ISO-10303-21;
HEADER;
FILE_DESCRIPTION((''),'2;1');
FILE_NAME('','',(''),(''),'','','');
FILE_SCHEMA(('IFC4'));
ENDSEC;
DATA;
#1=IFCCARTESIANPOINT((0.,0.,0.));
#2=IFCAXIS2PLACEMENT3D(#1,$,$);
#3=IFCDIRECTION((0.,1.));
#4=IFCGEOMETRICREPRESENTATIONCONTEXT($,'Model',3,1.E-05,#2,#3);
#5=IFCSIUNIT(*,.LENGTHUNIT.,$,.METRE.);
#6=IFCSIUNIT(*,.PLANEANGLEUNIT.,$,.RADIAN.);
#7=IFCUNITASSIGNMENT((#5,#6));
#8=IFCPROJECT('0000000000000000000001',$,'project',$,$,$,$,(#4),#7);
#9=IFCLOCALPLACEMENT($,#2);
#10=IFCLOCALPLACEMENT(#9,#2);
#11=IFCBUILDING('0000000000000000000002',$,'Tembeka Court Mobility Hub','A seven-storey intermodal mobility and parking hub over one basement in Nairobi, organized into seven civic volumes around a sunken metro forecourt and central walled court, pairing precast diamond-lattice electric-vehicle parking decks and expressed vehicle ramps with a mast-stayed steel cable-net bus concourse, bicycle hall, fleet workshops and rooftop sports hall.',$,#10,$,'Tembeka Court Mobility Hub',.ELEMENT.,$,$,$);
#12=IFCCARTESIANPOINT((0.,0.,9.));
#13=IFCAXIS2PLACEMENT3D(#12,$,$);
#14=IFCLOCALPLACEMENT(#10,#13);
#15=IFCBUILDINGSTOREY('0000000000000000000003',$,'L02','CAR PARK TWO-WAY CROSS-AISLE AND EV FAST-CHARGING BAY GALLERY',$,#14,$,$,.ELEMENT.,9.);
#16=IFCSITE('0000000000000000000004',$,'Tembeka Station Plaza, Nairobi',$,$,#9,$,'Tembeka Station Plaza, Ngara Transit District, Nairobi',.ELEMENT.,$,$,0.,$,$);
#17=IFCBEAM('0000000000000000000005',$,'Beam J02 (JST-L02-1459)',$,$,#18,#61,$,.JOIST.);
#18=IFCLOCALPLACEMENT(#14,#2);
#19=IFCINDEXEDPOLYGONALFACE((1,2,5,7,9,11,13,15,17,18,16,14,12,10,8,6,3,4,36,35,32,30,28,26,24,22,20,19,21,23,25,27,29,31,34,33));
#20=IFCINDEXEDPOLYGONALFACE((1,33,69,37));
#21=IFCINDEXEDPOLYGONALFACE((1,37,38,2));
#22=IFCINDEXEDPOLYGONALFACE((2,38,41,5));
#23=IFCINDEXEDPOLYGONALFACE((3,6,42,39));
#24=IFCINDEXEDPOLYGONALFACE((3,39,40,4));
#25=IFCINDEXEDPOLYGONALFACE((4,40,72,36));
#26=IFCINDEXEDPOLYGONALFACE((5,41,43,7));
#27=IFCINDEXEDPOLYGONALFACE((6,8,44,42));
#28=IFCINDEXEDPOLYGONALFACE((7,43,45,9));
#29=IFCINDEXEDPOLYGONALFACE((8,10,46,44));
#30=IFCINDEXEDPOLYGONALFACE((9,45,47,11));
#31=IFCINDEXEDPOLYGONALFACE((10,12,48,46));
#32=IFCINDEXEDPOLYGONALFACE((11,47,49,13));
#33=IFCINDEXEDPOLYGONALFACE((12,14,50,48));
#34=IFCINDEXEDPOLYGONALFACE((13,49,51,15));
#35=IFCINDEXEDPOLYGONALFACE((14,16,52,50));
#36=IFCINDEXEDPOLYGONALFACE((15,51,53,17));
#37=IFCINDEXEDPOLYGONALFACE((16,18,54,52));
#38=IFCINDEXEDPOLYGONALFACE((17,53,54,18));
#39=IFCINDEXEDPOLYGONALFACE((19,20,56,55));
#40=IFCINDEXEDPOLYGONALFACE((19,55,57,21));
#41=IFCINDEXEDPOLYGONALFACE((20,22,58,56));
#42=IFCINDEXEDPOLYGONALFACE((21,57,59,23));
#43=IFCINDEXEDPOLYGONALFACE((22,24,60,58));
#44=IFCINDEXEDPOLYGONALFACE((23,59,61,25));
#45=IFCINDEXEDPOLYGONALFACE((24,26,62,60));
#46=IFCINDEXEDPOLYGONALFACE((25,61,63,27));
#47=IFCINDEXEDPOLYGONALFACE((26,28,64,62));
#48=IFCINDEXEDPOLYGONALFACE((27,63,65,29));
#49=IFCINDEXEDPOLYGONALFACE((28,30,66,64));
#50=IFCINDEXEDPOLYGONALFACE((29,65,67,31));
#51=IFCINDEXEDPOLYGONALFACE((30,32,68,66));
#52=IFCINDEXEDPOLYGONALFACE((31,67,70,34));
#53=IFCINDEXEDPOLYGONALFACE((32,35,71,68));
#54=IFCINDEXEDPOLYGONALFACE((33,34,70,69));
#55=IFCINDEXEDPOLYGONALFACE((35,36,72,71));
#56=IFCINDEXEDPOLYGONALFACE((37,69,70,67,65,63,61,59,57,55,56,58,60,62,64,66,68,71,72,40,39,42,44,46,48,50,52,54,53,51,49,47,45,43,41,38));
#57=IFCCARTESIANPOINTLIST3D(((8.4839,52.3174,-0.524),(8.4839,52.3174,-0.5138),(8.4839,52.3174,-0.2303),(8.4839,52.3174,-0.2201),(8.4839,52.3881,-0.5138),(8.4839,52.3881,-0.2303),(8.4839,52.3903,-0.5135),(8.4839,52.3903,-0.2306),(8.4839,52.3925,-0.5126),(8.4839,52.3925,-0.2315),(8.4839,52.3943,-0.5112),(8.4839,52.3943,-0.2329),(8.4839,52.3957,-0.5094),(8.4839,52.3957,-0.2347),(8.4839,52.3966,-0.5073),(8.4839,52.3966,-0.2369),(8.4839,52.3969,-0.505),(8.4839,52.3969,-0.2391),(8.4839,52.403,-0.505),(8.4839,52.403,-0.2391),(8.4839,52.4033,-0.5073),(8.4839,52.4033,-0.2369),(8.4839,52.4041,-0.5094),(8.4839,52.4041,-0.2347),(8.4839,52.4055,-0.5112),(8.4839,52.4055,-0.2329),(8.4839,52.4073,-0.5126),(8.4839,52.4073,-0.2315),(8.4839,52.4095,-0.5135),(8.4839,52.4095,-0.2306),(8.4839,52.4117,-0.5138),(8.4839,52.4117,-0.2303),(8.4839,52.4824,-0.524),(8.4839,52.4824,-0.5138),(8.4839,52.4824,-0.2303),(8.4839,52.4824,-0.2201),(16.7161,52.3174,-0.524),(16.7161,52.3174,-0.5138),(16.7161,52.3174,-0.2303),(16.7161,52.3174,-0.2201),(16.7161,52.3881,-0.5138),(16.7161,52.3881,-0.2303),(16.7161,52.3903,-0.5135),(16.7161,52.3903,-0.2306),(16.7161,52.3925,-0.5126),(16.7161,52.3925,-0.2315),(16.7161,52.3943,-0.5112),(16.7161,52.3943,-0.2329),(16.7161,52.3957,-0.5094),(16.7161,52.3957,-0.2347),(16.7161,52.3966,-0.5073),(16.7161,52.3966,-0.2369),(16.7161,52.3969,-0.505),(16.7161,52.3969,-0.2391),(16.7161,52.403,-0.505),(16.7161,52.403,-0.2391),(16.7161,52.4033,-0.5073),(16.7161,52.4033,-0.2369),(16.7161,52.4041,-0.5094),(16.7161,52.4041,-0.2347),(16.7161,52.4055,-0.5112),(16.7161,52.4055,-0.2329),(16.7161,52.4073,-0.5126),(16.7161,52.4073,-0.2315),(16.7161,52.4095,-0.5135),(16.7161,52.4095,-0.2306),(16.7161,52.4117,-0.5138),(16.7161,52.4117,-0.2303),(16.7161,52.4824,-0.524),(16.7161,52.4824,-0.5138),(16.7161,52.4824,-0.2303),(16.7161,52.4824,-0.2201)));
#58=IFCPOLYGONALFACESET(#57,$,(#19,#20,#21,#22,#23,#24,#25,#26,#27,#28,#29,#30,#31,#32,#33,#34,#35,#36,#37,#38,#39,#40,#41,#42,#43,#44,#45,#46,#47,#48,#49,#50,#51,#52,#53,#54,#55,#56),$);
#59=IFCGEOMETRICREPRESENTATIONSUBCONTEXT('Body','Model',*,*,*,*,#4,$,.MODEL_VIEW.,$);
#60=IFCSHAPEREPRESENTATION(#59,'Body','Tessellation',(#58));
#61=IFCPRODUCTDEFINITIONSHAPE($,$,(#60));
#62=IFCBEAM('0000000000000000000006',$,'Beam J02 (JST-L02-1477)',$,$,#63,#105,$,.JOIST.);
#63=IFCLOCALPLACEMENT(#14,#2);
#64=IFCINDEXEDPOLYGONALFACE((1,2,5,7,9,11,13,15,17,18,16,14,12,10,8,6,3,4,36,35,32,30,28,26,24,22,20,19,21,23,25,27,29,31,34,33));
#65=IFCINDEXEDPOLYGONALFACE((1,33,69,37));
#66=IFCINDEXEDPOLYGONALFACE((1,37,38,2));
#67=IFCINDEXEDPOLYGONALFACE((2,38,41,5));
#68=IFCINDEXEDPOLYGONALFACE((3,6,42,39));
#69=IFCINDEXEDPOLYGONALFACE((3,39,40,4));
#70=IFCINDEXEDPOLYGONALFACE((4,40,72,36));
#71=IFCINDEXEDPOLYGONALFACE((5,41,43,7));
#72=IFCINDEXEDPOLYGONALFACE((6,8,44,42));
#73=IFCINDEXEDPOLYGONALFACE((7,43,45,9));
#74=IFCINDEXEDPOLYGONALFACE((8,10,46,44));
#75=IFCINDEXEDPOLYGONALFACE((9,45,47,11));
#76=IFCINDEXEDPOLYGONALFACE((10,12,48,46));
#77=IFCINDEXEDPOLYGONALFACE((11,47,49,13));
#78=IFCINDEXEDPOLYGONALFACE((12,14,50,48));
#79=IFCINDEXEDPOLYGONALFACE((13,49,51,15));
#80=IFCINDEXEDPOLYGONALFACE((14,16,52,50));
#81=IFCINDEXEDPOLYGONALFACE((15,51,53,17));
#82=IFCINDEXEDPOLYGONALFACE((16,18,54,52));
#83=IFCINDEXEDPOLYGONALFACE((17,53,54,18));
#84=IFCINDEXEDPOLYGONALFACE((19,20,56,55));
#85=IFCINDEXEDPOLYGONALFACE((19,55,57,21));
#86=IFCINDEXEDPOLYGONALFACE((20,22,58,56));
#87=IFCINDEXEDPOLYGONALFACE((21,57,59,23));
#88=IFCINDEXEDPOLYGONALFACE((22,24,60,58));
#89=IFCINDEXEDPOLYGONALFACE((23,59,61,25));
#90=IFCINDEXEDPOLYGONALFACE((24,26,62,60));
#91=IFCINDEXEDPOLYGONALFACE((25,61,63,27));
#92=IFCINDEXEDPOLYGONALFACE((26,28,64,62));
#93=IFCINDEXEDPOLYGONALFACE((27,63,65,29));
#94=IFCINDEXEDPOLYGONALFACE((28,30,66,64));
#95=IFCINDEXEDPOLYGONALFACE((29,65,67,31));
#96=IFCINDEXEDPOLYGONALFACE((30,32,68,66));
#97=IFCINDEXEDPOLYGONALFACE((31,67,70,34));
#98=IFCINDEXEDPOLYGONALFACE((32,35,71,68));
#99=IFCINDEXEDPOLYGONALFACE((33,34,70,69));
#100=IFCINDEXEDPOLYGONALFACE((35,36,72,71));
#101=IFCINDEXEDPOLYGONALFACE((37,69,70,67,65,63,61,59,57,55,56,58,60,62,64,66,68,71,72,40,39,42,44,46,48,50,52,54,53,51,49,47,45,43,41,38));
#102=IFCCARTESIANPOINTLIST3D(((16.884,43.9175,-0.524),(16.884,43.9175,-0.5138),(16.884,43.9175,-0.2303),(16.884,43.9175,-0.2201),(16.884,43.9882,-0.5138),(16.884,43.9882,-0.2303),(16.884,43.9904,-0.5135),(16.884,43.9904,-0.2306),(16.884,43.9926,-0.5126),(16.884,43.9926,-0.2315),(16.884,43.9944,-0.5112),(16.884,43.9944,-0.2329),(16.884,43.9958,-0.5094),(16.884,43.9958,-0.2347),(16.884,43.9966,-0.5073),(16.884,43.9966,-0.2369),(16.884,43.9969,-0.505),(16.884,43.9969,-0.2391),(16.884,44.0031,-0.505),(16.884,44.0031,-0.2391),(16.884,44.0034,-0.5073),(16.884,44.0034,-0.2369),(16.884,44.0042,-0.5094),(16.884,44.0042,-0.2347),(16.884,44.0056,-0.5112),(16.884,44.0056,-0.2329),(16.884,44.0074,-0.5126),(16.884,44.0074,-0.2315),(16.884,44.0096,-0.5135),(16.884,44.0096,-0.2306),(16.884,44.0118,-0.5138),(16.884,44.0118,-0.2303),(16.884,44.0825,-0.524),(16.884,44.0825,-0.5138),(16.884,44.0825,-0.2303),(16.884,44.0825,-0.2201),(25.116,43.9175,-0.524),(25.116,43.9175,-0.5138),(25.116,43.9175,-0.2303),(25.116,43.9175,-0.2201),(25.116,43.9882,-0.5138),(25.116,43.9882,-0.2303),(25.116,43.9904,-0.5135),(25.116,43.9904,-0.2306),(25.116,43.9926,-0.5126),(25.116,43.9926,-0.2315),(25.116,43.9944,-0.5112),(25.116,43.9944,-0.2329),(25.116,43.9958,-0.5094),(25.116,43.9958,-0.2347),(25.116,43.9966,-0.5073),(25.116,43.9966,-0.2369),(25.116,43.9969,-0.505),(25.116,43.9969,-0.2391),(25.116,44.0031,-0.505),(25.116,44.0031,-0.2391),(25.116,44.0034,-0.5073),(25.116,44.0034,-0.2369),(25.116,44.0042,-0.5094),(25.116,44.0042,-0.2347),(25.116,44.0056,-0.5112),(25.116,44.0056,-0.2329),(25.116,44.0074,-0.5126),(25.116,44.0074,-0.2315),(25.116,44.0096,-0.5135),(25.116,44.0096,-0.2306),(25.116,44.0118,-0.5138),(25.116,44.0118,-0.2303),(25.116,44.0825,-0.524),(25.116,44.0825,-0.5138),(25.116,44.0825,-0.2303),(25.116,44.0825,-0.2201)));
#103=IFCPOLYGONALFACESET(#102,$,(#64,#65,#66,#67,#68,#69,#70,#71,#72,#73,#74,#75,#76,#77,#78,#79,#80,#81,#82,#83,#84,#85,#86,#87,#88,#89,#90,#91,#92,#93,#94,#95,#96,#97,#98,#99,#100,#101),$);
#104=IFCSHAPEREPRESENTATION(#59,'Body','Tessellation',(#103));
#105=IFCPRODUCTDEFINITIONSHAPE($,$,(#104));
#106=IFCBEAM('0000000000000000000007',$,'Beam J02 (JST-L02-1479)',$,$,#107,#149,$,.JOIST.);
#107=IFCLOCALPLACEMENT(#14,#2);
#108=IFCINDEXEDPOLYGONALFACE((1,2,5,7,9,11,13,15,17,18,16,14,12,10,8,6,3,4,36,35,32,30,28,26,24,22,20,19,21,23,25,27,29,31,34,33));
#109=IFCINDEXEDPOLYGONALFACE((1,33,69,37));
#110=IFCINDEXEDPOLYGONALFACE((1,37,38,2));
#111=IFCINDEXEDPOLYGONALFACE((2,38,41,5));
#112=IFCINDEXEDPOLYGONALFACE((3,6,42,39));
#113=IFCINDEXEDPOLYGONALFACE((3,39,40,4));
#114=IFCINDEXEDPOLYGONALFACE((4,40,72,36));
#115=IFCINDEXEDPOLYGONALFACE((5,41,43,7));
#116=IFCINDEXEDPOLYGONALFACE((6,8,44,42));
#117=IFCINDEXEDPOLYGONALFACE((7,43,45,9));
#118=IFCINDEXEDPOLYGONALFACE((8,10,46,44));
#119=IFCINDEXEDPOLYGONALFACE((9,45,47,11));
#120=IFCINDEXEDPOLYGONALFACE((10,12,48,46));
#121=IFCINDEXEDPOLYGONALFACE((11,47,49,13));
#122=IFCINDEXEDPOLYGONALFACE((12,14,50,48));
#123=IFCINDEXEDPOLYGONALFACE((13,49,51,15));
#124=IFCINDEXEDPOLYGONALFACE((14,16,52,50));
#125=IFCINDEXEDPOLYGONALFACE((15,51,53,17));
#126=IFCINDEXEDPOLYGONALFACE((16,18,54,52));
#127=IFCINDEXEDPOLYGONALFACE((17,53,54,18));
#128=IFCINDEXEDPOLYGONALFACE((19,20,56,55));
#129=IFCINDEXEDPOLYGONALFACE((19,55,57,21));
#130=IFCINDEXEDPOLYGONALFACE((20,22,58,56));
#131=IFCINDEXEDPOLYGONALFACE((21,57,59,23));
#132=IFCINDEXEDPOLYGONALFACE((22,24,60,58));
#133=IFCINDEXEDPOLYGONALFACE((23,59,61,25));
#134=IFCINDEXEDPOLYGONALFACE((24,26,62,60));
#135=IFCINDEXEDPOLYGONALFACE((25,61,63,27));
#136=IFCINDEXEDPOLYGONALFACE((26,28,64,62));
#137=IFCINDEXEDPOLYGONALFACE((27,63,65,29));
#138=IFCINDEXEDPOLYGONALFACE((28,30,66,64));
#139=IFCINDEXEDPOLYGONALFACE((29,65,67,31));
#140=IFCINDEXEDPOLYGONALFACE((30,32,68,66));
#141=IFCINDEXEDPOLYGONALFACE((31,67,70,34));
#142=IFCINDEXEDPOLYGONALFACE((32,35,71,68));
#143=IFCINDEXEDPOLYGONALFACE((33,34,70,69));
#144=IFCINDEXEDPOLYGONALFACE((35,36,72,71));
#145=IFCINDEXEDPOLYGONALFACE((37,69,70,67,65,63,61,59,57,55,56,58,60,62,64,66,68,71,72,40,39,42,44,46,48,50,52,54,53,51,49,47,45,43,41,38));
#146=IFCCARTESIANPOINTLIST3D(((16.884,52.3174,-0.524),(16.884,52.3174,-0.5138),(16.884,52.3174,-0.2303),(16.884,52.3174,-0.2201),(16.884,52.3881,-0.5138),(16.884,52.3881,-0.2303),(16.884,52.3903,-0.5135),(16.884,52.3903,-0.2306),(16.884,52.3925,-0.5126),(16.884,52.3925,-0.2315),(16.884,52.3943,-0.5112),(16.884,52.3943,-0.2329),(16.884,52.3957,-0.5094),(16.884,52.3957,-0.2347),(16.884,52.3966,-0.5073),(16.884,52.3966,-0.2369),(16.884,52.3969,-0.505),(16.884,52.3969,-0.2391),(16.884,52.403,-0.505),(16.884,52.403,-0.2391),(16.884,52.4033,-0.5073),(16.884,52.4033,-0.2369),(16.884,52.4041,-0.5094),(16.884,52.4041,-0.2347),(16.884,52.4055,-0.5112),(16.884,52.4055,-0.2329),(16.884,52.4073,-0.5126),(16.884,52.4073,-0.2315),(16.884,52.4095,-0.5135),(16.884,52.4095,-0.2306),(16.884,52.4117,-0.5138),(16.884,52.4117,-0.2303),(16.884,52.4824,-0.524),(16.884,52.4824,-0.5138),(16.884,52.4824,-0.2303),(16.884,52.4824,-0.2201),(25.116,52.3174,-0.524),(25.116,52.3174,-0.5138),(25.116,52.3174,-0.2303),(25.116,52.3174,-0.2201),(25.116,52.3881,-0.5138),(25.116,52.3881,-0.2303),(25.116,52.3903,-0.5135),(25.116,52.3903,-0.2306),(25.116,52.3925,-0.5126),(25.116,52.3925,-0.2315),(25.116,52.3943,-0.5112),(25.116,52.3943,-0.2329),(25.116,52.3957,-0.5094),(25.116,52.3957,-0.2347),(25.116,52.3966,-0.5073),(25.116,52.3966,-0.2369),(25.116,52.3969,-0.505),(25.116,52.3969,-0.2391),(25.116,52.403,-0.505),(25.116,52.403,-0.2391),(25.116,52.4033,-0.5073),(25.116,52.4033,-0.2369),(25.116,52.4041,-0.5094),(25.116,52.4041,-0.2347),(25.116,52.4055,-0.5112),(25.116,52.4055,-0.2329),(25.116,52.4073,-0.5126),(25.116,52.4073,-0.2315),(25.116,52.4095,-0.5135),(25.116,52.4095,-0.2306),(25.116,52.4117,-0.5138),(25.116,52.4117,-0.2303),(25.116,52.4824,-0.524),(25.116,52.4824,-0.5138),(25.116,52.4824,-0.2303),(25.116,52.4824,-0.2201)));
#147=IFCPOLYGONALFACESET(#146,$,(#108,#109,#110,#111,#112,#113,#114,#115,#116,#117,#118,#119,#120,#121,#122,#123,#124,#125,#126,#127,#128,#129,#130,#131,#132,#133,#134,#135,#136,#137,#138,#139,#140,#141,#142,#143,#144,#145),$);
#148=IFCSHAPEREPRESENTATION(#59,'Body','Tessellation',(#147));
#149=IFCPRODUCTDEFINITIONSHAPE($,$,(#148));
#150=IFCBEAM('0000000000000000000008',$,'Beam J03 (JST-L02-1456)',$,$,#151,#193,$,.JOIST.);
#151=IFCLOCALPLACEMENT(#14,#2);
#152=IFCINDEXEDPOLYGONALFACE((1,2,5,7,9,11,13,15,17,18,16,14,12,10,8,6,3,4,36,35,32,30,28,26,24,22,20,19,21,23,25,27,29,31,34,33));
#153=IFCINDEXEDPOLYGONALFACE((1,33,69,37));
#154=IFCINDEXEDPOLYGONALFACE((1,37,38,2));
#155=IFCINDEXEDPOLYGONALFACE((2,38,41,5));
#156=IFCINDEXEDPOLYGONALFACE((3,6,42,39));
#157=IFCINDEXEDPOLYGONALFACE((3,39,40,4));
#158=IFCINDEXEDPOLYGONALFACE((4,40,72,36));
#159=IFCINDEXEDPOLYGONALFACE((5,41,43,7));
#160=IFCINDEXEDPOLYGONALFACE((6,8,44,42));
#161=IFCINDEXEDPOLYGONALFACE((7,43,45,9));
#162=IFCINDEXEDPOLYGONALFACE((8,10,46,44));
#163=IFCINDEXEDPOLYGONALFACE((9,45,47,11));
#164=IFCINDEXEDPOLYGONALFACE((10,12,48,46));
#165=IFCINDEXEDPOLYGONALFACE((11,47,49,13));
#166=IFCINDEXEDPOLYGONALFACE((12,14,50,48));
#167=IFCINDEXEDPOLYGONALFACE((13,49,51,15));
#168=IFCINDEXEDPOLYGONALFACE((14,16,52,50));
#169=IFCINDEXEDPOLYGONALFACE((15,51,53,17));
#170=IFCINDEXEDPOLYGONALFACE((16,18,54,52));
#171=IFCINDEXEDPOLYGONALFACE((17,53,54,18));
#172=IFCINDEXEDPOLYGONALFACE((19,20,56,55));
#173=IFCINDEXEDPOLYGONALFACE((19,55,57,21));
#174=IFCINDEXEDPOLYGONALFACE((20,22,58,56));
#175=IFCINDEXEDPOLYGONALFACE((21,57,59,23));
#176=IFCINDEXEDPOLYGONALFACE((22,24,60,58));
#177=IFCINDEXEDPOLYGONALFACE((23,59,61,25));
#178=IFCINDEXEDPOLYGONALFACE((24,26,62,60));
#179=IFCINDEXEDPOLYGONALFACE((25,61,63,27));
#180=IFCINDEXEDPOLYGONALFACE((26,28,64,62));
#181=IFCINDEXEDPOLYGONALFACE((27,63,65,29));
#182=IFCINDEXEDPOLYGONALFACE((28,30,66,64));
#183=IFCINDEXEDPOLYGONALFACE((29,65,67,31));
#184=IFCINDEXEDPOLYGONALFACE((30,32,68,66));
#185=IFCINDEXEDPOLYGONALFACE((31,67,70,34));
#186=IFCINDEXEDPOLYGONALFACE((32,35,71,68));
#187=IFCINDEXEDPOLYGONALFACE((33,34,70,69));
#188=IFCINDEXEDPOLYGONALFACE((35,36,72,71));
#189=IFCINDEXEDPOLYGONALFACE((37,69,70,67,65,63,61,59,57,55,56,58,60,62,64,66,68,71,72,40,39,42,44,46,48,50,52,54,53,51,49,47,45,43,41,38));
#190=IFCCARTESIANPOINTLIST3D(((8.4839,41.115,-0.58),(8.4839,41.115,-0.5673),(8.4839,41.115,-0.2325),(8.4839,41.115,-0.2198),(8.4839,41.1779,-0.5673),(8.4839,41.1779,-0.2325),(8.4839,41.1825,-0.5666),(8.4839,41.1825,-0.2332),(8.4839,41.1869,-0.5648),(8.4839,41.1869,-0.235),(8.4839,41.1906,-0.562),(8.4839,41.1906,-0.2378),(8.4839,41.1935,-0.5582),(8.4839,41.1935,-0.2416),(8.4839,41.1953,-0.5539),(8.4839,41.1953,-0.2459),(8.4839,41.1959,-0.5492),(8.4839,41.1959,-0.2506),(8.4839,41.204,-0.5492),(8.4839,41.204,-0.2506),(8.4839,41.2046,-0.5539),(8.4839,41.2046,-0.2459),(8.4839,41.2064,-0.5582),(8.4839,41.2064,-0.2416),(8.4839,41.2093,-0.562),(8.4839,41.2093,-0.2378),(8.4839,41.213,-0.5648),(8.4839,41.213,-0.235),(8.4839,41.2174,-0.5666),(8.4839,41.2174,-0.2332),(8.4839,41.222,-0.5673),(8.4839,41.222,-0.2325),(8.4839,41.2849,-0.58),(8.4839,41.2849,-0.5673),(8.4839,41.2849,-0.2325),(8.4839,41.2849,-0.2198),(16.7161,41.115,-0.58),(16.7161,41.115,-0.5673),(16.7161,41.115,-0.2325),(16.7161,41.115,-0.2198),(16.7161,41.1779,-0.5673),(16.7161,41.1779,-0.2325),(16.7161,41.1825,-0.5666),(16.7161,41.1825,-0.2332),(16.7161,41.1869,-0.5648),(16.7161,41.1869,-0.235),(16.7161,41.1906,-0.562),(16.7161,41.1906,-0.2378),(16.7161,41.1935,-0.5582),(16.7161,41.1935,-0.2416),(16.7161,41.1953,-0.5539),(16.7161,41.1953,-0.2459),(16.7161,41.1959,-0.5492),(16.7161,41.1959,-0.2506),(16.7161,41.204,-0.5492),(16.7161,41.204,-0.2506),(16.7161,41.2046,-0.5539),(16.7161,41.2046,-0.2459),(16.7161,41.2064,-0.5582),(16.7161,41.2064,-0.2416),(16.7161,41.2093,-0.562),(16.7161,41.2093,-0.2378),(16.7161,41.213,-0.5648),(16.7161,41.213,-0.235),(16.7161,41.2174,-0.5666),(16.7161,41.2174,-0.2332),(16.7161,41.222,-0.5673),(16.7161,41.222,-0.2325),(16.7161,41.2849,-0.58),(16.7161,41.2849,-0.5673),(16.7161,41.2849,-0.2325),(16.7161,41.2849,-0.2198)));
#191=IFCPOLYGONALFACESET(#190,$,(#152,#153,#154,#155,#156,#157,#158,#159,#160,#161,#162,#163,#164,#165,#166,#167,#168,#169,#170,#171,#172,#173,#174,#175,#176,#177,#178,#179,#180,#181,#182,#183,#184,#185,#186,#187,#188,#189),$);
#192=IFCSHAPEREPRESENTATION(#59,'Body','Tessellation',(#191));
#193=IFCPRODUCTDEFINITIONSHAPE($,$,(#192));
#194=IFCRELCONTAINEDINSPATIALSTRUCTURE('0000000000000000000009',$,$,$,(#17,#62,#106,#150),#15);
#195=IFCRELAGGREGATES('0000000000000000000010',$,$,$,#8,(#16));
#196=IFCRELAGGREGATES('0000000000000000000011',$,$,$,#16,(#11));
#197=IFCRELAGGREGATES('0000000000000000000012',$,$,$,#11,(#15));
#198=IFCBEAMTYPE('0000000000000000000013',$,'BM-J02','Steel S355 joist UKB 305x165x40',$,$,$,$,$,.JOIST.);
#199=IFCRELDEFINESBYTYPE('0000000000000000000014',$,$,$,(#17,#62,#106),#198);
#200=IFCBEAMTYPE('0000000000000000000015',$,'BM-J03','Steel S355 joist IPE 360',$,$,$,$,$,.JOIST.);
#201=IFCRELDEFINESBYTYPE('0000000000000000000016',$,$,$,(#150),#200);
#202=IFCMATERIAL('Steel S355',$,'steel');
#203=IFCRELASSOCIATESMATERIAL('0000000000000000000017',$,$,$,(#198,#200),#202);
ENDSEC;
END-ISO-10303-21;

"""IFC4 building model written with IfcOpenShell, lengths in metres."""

from ifc_helpers import new_model, si_unit, direction, frame, origin, origin_2d, place, context, subcontext, project, spatial, i_section, extrude, material, material_profile, profile_set, type_object, element, save


model = new_model("IFC4")

# Units and contexts
model_context = context("Model", 3, precision=1e-05, world=origin(), true_north=direction((0.0, 1.0)))
body_context = subcontext(model_context, "Body", "Model", "MODEL_VIEW")
ifc_project = project(units=[si_unit("LENGTHUNIT", "METRE"), si_unit("PLANEANGLEUNIT", "RADIAN")], contexts=[model_context])

# Site, building, storey
site_placement = place(None, origin())
site = spatial("IfcSite", under=ifc_project, at=site_placement, Name="Tembeka Station Plaza, Nairobi", LongName="Tembeka Station Plaza, Ngara Transit District, Nairobi", CompositionType="ELEMENT", RefElevation=0.0)
building_placement = place(site_placement, origin())
building = spatial("IfcBuilding", under=site, at=building_placement, Name="Tembeka Court Mobility Hub", Description="A seven-storey intermodal mobility and parking hub over one basement in Nairobi, organized into seven civic volumes around a sunken metro forecourt and central walled court, pairing precast diamond-lattice electric-vehicle parking decks and expressed vehicle ramps with a mast-stayed steel cable-net bus concourse, bicycle hall, fleet workshops and rooftop sports hall.", LongName="Tembeka Court Mobility Hub", CompositionType="ELEMENT")
storey_placement = place(building_placement, frame((0.0, 0.0, 9.0)))
storey = spatial("IfcBuildingStorey", under=building, at=storey_placement, Name="L02", Description="CAR PARK TWO-WAY CROSS-AISLE AND EV FAST-CHARGING BAY GALLERY", CompositionType="ELEMENT", Elevation=9.0)

# Shared definitions
ifc_material_1 = material(Name="Steel S355", Category="steel")

# Beams
ifc_material_profile_1 = material_profile(ifc_material_1, i_section(OverallWidth=0.165, OverallDepth=0.304, WebThickness=0.0061, FlangeThickness=0.0103, FilletRadius=0.0088, at=origin_2d()), Name="UKB 305x165x40")
ifc_profile_set_1 = profile_set([ifc_material_profile_1], Name="Steel S355")
beam_type_1 = type_object("IfcBeamType", Name="BM-J02", Description="Steel S355 joist UKB 305x165x40", PredefinedType="JOIST", material=ifc_profile_set_1)
for number, where, z_axis, x_axis, name in (
    (1, (8.4839, 52.3999, -0.3721), (1.0, 0.0, 0.0), (0.0, 1.0, 0.0), "Beam J02 (JST-L02-1459)"),
):
    element("IfcBeam", number, at=place(storey_placement, frame(where, z_axis=z_axis, x_axis=x_axis)), inside=storey, type_object=beam_type_1, Name=name, PredefinedType="JOIST", context=body_context, shape_type="SweptSolid", body=[
        extrude(i_section(OverallWidth=0.165, OverallDepth=0.304, WebThickness=0.0061, FlangeThickness=0.0103, FilletRadius=0.0088, at=origin_2d()), origin(), (0.0, 0.0, 1.0), 8.2322),
    ])
for number, where, z_axis, x_axis, name in (
    (2, (16.884, 44.0, -0.3721), (1.0, 0.0, 0.0), (0.0, 1.0, 0.0), "Beam J02 (JST-L02-1477)"),
    (3, (16.884, 52.3999, -0.3721), (1.0, 0.0, 0.0), (0.0, 1.0, 0.0), "Beam J02 (JST-L02-1479)"),
):
    element("IfcBeam", number, at=place(storey_placement, frame(where, z_axis=z_axis, x_axis=x_axis)), inside=storey, type_object=beam_type_1, Name=name, PredefinedType="JOIST", context=body_context, shape_type="SweptSolid", body=[
        extrude(i_section(OverallWidth=0.165, OverallDepth=0.304, WebThickness=0.0061, FlangeThickness=0.0103, FilletRadius=0.0088, at=origin_2d()), origin(), (0.0, 0.0, 1.0), 8.2319),
    ])
ifc_material_profile_2 = material_profile(ifc_material_1, i_section(OverallWidth=0.1699, OverallDepth=0.3601, WebThickness=0.0081, FlangeThickness=0.0127, FilletRadius=0.0181, at=origin_2d()), Name="IPE 360")
ifc_profile_set_2 = profile_set([ifc_material_profile_2], Name="Steel S355")
beam_type_2 = type_object("IfcBeamType", Name="BM-J03", Description="Steel S355 joist IPE 360", PredefinedType="JOIST", material=ifc_profile_set_2)
for number, where, z_axis, x_axis, name in (
    (4, (8.4839, 41.2, -0.3999), (1.0, 0.0, 0.0), (0.0, 1.0, 0.0), "Beam J03 (JST-L02-1456)"),
):
    element("IfcBeam", number, at=place(storey_placement, frame(where, z_axis=z_axis, x_axis=x_axis)), inside=storey, type_object=beam_type_2, Name=name, PredefinedType="JOIST", context=body_context, shape_type="SweptSolid", body=[
        extrude(i_section(OverallWidth=0.1699, OverallDepth=0.3601, WebThickness=0.0081, FlangeThickness=0.0127, FilletRadius=0.0181, at=origin_2d()), origin(), (0.0, 0.0, 1.0), 8.2322),
    ])

save(model, "model.ifc")
